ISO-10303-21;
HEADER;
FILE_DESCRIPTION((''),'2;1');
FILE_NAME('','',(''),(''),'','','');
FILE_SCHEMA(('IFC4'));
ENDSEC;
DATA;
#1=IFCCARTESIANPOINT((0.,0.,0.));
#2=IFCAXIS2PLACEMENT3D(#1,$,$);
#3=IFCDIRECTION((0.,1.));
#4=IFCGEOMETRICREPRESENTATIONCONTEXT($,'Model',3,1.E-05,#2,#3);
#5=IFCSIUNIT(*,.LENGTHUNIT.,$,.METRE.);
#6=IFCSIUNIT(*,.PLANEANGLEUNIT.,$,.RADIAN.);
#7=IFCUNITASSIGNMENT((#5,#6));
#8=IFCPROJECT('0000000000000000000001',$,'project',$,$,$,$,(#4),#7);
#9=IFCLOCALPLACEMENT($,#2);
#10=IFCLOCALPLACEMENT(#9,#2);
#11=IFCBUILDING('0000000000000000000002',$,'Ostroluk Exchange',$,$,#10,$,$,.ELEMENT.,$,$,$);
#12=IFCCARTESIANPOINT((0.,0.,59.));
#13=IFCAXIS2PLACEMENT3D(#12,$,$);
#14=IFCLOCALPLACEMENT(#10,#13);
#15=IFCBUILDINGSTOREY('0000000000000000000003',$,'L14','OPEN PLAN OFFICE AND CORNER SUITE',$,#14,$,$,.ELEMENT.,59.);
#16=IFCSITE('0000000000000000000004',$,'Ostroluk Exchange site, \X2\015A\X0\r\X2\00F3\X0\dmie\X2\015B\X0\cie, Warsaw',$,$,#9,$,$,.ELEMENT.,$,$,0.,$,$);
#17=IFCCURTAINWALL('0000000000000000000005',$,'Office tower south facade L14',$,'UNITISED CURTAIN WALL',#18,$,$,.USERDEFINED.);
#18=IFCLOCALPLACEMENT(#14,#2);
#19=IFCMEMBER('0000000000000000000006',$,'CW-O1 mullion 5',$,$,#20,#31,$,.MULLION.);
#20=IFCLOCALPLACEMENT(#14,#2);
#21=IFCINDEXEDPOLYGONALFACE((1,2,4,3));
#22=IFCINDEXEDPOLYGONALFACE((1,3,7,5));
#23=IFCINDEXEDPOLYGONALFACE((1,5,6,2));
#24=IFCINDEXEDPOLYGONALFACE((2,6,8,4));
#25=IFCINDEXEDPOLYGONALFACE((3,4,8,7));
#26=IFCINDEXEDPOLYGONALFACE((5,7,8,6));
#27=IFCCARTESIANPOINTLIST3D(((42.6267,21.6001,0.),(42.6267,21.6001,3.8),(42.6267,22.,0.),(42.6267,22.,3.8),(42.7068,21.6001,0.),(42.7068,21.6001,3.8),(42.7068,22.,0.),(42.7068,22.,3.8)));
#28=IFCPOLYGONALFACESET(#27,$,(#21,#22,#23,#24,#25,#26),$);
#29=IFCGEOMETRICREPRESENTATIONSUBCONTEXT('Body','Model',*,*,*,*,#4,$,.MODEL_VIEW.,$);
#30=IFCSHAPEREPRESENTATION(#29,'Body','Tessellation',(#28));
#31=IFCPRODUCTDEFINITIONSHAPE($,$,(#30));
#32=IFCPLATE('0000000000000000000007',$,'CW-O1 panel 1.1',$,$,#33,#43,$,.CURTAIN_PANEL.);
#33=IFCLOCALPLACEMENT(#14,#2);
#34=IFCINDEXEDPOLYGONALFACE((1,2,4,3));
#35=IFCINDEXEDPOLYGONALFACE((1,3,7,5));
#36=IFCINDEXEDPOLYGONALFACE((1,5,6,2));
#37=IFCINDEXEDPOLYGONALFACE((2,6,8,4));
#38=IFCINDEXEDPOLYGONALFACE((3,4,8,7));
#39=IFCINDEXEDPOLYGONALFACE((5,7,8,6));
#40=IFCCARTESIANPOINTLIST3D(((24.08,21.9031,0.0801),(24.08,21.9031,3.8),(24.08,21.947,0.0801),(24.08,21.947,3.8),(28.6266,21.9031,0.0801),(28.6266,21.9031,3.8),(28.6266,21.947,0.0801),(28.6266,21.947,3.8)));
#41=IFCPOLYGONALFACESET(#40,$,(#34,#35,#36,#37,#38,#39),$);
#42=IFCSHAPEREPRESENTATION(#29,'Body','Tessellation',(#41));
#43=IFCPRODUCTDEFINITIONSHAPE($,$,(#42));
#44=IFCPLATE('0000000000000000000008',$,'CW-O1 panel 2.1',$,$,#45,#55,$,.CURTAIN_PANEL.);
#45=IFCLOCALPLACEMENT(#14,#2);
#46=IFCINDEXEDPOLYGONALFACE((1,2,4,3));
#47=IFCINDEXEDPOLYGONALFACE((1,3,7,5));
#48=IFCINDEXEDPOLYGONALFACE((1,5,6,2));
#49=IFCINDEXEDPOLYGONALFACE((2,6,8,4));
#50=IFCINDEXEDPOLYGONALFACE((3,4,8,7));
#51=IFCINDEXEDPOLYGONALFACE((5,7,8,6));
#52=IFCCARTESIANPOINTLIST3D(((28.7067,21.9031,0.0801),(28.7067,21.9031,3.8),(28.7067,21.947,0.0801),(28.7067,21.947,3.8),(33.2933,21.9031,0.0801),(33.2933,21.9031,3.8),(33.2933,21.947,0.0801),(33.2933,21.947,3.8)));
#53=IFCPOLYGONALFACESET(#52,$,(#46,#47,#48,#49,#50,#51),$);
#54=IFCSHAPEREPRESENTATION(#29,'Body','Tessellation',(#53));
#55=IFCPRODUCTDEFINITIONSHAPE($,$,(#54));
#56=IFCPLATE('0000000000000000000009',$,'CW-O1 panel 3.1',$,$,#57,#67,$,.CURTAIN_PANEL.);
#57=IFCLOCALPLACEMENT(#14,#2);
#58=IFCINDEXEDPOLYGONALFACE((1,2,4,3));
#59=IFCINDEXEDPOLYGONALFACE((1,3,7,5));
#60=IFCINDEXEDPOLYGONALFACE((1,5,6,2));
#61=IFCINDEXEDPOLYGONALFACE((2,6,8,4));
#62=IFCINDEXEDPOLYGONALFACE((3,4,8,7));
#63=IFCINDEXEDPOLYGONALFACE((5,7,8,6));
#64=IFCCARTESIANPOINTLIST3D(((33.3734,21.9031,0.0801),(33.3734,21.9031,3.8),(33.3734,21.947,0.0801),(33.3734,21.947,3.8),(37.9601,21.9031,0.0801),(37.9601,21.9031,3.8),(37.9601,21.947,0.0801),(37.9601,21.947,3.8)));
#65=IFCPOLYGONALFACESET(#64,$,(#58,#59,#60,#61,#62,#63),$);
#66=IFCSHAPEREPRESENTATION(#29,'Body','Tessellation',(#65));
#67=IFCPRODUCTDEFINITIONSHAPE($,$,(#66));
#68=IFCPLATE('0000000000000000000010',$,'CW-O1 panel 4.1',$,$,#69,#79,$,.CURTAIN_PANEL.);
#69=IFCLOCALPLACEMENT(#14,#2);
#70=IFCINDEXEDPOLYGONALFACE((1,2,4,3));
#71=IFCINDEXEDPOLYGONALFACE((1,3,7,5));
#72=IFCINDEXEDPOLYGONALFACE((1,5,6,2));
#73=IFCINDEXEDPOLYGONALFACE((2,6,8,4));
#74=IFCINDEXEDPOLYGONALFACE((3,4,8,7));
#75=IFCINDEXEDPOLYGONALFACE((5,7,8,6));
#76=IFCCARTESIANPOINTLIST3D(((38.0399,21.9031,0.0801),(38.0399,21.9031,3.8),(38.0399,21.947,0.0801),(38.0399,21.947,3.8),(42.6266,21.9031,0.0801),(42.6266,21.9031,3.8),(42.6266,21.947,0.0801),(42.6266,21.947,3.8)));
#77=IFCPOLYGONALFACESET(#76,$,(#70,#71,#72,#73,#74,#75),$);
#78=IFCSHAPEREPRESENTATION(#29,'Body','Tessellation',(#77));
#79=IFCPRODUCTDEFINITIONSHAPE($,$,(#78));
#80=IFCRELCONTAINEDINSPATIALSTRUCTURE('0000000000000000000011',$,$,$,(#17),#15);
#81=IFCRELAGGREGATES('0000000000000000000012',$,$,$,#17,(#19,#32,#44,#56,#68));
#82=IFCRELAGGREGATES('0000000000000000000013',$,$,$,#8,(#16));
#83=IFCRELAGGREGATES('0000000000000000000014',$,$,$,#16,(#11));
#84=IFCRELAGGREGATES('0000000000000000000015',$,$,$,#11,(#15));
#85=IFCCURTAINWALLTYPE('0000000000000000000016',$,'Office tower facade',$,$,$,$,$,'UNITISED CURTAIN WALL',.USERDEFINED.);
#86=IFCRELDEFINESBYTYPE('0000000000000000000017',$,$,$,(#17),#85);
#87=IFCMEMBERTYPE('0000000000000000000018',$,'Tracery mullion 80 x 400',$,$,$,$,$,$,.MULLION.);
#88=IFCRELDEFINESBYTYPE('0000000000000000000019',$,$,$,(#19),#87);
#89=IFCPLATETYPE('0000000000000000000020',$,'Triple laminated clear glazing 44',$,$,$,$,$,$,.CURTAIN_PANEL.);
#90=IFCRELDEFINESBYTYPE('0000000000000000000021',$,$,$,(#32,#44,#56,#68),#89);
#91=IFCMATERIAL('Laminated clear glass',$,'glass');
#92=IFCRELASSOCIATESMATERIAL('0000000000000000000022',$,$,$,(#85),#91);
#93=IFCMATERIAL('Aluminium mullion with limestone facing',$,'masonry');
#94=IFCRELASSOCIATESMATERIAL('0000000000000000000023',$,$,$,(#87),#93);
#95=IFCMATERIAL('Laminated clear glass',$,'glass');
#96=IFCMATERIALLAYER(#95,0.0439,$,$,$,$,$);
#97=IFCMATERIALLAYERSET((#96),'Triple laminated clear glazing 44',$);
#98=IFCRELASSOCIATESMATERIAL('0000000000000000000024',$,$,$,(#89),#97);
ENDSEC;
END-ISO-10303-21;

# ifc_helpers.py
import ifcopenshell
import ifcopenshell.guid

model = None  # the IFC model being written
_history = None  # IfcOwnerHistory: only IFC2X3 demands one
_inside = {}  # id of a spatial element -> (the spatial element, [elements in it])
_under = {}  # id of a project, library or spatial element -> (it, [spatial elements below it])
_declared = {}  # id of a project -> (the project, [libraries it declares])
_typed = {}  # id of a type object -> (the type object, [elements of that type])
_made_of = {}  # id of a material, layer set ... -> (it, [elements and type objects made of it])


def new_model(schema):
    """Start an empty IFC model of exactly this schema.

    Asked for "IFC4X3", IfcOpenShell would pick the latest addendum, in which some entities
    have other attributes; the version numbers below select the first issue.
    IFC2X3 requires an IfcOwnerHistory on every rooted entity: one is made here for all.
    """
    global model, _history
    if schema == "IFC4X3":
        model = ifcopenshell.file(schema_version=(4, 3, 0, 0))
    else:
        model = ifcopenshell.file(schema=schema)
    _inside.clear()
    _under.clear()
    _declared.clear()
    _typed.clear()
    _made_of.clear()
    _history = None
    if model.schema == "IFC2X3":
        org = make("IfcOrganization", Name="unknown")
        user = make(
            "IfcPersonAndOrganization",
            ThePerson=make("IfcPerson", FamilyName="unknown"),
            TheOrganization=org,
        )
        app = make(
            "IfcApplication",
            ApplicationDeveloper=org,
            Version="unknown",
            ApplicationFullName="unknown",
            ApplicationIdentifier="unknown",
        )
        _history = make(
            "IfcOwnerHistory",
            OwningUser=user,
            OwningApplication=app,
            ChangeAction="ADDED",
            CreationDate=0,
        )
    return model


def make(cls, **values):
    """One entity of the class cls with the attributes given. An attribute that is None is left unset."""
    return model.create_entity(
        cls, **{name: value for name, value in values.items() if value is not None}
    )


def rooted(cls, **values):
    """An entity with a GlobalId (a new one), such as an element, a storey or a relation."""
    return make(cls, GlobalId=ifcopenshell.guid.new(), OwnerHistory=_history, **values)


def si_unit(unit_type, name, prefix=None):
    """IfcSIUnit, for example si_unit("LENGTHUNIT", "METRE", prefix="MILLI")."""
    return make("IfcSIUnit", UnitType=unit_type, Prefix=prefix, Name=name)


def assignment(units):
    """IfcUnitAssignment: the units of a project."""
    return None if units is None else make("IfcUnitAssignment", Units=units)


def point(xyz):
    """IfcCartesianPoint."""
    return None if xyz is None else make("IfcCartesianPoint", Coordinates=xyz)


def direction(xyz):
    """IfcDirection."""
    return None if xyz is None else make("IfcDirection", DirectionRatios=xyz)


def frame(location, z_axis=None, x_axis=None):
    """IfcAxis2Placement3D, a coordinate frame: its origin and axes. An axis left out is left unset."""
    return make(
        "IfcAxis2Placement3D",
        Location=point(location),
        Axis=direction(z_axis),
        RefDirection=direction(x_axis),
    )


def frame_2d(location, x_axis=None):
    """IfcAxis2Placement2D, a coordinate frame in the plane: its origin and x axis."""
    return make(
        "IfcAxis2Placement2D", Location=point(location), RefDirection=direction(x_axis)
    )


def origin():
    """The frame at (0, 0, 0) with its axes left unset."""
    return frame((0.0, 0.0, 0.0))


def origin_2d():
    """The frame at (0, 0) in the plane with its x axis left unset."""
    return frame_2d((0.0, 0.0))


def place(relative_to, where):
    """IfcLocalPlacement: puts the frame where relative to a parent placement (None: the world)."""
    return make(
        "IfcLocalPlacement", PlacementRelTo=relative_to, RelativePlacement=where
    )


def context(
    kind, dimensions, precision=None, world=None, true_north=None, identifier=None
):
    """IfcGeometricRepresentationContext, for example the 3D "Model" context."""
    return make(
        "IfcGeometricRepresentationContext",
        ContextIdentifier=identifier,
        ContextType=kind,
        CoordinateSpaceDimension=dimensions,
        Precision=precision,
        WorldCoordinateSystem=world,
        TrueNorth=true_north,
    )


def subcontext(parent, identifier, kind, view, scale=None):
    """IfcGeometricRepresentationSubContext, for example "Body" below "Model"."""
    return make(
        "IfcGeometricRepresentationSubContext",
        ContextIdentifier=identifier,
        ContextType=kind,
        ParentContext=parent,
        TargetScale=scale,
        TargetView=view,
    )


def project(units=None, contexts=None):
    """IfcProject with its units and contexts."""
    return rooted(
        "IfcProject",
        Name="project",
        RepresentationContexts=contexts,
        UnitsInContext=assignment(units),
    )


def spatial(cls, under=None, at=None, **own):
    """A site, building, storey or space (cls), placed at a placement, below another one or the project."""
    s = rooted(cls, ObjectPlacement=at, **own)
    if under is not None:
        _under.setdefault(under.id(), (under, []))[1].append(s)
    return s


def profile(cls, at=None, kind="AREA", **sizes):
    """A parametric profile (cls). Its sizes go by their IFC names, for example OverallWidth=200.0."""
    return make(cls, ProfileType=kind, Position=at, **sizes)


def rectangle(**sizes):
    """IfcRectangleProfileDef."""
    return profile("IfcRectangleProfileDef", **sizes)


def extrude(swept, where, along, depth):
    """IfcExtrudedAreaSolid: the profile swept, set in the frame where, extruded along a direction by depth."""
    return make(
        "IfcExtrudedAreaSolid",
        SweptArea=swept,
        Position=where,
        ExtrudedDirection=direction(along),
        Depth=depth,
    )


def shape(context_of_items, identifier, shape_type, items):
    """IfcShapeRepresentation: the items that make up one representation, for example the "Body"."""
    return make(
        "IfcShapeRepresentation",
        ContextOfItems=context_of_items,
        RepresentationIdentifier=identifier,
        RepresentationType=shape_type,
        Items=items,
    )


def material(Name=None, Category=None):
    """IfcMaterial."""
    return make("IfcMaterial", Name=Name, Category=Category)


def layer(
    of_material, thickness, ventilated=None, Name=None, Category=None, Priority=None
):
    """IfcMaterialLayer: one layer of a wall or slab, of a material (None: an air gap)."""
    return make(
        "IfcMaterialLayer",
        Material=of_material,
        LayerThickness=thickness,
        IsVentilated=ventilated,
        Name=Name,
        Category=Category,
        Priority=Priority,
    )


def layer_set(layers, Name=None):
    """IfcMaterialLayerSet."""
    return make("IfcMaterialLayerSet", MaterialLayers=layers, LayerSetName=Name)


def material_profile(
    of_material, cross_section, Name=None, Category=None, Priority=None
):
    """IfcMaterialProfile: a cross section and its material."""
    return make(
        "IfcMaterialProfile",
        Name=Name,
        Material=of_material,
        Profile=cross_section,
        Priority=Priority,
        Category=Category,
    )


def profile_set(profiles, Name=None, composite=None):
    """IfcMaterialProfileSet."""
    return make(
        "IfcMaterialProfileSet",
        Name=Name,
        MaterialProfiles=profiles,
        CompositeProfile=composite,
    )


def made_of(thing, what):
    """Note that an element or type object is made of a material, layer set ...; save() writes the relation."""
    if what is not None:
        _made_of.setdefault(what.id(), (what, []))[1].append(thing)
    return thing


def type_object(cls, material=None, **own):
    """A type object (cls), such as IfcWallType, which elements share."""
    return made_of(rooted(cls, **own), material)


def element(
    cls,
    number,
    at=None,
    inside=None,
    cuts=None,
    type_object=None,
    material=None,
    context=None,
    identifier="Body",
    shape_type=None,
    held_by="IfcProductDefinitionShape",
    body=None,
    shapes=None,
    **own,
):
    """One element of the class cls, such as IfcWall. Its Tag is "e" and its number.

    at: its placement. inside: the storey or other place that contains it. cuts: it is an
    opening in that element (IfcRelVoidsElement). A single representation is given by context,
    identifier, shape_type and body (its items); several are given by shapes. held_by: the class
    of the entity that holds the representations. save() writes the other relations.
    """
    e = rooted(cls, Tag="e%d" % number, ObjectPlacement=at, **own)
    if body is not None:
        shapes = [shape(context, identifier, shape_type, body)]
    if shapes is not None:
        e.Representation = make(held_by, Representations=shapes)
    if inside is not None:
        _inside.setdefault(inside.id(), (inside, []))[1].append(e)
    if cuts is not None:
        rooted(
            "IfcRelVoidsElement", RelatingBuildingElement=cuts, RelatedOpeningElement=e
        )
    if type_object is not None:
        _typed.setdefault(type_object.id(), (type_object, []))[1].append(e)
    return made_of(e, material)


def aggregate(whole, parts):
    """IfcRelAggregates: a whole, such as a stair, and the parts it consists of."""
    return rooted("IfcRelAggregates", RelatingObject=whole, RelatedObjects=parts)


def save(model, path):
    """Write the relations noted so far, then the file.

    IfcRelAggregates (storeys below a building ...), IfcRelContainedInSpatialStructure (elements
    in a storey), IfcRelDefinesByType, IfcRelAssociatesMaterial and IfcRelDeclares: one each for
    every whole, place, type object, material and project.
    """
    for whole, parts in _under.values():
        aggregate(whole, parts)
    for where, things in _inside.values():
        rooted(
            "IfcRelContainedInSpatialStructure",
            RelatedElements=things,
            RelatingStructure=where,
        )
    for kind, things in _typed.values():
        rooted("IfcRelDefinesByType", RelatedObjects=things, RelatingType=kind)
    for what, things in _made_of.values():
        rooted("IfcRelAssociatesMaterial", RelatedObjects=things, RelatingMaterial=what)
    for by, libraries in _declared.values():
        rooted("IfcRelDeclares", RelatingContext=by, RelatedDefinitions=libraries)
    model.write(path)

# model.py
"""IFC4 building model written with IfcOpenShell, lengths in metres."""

from ifc_helpers import new_model, si_unit, direction, frame, origin, origin_2d, place, context, subcontext, project, spatial, rectangle, extrude, material, layer, layer_set, material_profile, profile_set, type_object, element, aggregate, save


model = new_model("IFC4")

# Units and contexts
model_context = context("Model", 3, precision=1e-05, world=origin(), true_north=direction((0.0, 1.0)))
body_context = subcontext(model_context, "Body", "Model", "MODEL_VIEW")
ifc_project = project(units=[si_unit("LENGTHUNIT", "METRE"), si_unit("PLANEANGLEUNIT", "RADIAN")], contexts=[model_context])

# Site, building, storey
site_placement = place(None, origin())
site = spatial("IfcSite", under=ifc_project, at=site_placement, Name="Ostroluk Exchange site, Śródmieście, Warsaw", CompositionType="ELEMENT", RefElevation=0.0)
building_placement = place(site_placement, origin())
building = spatial("IfcBuilding", under=site, at=building_placement, Name="Ostroluk Exchange", CompositionType="ELEMENT")
storey_placement = place(building_placement, frame((0.0, 0.0, 59.0)))
storey = spatial("IfcBuildingStorey", under=building, at=storey_placement, Name="L14", Description="OPEN PLAN OFFICE AND CORNER SUITE", CompositionType="ELEMENT", Elevation=59.0)

# Curtain wall, member, plates
ifc_material_1 = material(Name="Laminated clear glass", Category="glass")
curtain_wall_type = type_object("IfcCurtainWallType", Name="Office tower facade", ElementType="UNITISED CURTAIN WALL", PredefinedType="USERDEFINED", material=ifc_material_1)
curtain_wall_placement = place(storey_placement, origin())
curtain_wall = element("IfcCurtainWall", 1, at=curtain_wall_placement, inside=storey, type_object=curtain_wall_type, Name="Office tower south facade L14", ObjectType="UNITISED CURTAIN WALL", PredefinedType="USERDEFINED")
ifc_material_2 = material(Name="Aluminium mullion with limestone facing", Category="masonry")
ifc_material_profile_1 = material_profile(ifc_material_2, rectangle(XDim=0.3999, YDim=0.0801, at=origin_2d()), Name="Tracery mullion 80 x 400")
ifc_profile_set_1 = profile_set([ifc_material_profile_1], Name="Aluminium mullion with limestone facing")
member_type_1 = type_object("IfcMemberType", Name="Tracery mullion 80 x 400", PredefinedType="MULLION", material=ifc_profile_set_1)
member_1_placement = place(storey_placement, frame((42.6667, 21.8, 0.0), z_axis=(0.0, 0.0, 1.0), x_axis=(0.0, 1.0, 0.0)))
member_1 = element("IfcMember", 2, at=member_1_placement, type_object=member_type_1, Name="CW-O1 mullion 5", PredefinedType="MULLION", context=body_context, shape_type="SweptSolid", body=[
    extrude(rectangle(XDim=0.3999, YDim=0.0801, at=origin_2d()), origin(), (0.0, 0.0, 1.0), 3.8),
])
ifc_material_3 = material(Name="Laminated clear glass", Category="glass")
ifc_layer_1 = layer(ifc_material_3, 0.0439)
ifc_layer_set_1 = layer_set([ifc_layer_1], Name="Triple laminated clear glazing 44")
plate_type = type_object("IfcPlateType", Name="Triple laminated clear glazing 44", PredefinedType="CURTAIN_PANEL", material=ifc_layer_set_1)
plate_1_placement = place(storey_placement, frame((26.3533, 21.925, 0.0801), z_axis=(0.0, 0.0, 1.0), x_axis=(1.0, 0.0, 0.0)))
plate_1 = element("IfcPlate", 3, at=plate_1_placement, type_object=plate_type, Name="CW-O1 panel 1.1", PredefinedType="CURTAIN_PANEL", context=body_context, shape_type="SweptSolid", body=[
    extrude(rectangle(XDim=4.5466, YDim=0.0439, at=origin_2d()), origin(), (0.0, 0.0, 1.0), 3.72),
])
plate_2_placement = place(storey_placement, frame((31.0, 21.925, 0.0801), z_axis=(0.0, 0.0, 1.0), x_axis=(1.0, 0.0, 0.0)))
plate_2 = element("IfcPlate", 4, at=plate_2_placement, type_object=plate_type, Name="CW-O1 panel 2.1", PredefinedType="CURTAIN_PANEL", context=body_context, shape_type="SweptSolid", body=[
    extrude(rectangle(XDim=4.5867, YDim=0.0439, at=origin_2d()), origin(), (0.0, 0.0, 1.0), 3.72),
])
plate_3_placement = place(storey_placement, frame((35.6667, 21.925, 0.0801), z_axis=(0.0, 0.0, 1.0), x_axis=(1.0, 0.0, 0.0)))
plate_3 = element("IfcPlate", 5, at=plate_3_placement, type_object=plate_type, Name="CW-O1 panel 3.1", PredefinedType="CURTAIN_PANEL", context=body_context, shape_type="SweptSolid", body=[
    extrude(rectangle(XDim=4.5867, YDim=0.0439, at=origin_2d()), origin(), (0.0, 0.0, 1.0), 3.72),
])
plate_4_placement = place(storey_placement, frame((40.3333, 21.925, 0.0801), z_axis=(0.0, 0.0, 1.0), x_axis=(1.0, 0.0, 0.0)))
plate_4 = element("IfcPlate", 6, at=plate_4_placement, type_object=plate_type, Name="CW-O1 panel 4.1", PredefinedType="CURTAIN_PANEL", context=body_context, shape_type="SweptSolid", body=[
    extrude(rectangle(XDim=4.5867, YDim=0.0439, at=origin_2d()), origin(), (0.0, 0.0, 1.0), 3.72),
])
aggregate(curtain_wall, [member_1, plate_1, plate_2, plate_3, plate_4])

save(model, "model.ifc")
